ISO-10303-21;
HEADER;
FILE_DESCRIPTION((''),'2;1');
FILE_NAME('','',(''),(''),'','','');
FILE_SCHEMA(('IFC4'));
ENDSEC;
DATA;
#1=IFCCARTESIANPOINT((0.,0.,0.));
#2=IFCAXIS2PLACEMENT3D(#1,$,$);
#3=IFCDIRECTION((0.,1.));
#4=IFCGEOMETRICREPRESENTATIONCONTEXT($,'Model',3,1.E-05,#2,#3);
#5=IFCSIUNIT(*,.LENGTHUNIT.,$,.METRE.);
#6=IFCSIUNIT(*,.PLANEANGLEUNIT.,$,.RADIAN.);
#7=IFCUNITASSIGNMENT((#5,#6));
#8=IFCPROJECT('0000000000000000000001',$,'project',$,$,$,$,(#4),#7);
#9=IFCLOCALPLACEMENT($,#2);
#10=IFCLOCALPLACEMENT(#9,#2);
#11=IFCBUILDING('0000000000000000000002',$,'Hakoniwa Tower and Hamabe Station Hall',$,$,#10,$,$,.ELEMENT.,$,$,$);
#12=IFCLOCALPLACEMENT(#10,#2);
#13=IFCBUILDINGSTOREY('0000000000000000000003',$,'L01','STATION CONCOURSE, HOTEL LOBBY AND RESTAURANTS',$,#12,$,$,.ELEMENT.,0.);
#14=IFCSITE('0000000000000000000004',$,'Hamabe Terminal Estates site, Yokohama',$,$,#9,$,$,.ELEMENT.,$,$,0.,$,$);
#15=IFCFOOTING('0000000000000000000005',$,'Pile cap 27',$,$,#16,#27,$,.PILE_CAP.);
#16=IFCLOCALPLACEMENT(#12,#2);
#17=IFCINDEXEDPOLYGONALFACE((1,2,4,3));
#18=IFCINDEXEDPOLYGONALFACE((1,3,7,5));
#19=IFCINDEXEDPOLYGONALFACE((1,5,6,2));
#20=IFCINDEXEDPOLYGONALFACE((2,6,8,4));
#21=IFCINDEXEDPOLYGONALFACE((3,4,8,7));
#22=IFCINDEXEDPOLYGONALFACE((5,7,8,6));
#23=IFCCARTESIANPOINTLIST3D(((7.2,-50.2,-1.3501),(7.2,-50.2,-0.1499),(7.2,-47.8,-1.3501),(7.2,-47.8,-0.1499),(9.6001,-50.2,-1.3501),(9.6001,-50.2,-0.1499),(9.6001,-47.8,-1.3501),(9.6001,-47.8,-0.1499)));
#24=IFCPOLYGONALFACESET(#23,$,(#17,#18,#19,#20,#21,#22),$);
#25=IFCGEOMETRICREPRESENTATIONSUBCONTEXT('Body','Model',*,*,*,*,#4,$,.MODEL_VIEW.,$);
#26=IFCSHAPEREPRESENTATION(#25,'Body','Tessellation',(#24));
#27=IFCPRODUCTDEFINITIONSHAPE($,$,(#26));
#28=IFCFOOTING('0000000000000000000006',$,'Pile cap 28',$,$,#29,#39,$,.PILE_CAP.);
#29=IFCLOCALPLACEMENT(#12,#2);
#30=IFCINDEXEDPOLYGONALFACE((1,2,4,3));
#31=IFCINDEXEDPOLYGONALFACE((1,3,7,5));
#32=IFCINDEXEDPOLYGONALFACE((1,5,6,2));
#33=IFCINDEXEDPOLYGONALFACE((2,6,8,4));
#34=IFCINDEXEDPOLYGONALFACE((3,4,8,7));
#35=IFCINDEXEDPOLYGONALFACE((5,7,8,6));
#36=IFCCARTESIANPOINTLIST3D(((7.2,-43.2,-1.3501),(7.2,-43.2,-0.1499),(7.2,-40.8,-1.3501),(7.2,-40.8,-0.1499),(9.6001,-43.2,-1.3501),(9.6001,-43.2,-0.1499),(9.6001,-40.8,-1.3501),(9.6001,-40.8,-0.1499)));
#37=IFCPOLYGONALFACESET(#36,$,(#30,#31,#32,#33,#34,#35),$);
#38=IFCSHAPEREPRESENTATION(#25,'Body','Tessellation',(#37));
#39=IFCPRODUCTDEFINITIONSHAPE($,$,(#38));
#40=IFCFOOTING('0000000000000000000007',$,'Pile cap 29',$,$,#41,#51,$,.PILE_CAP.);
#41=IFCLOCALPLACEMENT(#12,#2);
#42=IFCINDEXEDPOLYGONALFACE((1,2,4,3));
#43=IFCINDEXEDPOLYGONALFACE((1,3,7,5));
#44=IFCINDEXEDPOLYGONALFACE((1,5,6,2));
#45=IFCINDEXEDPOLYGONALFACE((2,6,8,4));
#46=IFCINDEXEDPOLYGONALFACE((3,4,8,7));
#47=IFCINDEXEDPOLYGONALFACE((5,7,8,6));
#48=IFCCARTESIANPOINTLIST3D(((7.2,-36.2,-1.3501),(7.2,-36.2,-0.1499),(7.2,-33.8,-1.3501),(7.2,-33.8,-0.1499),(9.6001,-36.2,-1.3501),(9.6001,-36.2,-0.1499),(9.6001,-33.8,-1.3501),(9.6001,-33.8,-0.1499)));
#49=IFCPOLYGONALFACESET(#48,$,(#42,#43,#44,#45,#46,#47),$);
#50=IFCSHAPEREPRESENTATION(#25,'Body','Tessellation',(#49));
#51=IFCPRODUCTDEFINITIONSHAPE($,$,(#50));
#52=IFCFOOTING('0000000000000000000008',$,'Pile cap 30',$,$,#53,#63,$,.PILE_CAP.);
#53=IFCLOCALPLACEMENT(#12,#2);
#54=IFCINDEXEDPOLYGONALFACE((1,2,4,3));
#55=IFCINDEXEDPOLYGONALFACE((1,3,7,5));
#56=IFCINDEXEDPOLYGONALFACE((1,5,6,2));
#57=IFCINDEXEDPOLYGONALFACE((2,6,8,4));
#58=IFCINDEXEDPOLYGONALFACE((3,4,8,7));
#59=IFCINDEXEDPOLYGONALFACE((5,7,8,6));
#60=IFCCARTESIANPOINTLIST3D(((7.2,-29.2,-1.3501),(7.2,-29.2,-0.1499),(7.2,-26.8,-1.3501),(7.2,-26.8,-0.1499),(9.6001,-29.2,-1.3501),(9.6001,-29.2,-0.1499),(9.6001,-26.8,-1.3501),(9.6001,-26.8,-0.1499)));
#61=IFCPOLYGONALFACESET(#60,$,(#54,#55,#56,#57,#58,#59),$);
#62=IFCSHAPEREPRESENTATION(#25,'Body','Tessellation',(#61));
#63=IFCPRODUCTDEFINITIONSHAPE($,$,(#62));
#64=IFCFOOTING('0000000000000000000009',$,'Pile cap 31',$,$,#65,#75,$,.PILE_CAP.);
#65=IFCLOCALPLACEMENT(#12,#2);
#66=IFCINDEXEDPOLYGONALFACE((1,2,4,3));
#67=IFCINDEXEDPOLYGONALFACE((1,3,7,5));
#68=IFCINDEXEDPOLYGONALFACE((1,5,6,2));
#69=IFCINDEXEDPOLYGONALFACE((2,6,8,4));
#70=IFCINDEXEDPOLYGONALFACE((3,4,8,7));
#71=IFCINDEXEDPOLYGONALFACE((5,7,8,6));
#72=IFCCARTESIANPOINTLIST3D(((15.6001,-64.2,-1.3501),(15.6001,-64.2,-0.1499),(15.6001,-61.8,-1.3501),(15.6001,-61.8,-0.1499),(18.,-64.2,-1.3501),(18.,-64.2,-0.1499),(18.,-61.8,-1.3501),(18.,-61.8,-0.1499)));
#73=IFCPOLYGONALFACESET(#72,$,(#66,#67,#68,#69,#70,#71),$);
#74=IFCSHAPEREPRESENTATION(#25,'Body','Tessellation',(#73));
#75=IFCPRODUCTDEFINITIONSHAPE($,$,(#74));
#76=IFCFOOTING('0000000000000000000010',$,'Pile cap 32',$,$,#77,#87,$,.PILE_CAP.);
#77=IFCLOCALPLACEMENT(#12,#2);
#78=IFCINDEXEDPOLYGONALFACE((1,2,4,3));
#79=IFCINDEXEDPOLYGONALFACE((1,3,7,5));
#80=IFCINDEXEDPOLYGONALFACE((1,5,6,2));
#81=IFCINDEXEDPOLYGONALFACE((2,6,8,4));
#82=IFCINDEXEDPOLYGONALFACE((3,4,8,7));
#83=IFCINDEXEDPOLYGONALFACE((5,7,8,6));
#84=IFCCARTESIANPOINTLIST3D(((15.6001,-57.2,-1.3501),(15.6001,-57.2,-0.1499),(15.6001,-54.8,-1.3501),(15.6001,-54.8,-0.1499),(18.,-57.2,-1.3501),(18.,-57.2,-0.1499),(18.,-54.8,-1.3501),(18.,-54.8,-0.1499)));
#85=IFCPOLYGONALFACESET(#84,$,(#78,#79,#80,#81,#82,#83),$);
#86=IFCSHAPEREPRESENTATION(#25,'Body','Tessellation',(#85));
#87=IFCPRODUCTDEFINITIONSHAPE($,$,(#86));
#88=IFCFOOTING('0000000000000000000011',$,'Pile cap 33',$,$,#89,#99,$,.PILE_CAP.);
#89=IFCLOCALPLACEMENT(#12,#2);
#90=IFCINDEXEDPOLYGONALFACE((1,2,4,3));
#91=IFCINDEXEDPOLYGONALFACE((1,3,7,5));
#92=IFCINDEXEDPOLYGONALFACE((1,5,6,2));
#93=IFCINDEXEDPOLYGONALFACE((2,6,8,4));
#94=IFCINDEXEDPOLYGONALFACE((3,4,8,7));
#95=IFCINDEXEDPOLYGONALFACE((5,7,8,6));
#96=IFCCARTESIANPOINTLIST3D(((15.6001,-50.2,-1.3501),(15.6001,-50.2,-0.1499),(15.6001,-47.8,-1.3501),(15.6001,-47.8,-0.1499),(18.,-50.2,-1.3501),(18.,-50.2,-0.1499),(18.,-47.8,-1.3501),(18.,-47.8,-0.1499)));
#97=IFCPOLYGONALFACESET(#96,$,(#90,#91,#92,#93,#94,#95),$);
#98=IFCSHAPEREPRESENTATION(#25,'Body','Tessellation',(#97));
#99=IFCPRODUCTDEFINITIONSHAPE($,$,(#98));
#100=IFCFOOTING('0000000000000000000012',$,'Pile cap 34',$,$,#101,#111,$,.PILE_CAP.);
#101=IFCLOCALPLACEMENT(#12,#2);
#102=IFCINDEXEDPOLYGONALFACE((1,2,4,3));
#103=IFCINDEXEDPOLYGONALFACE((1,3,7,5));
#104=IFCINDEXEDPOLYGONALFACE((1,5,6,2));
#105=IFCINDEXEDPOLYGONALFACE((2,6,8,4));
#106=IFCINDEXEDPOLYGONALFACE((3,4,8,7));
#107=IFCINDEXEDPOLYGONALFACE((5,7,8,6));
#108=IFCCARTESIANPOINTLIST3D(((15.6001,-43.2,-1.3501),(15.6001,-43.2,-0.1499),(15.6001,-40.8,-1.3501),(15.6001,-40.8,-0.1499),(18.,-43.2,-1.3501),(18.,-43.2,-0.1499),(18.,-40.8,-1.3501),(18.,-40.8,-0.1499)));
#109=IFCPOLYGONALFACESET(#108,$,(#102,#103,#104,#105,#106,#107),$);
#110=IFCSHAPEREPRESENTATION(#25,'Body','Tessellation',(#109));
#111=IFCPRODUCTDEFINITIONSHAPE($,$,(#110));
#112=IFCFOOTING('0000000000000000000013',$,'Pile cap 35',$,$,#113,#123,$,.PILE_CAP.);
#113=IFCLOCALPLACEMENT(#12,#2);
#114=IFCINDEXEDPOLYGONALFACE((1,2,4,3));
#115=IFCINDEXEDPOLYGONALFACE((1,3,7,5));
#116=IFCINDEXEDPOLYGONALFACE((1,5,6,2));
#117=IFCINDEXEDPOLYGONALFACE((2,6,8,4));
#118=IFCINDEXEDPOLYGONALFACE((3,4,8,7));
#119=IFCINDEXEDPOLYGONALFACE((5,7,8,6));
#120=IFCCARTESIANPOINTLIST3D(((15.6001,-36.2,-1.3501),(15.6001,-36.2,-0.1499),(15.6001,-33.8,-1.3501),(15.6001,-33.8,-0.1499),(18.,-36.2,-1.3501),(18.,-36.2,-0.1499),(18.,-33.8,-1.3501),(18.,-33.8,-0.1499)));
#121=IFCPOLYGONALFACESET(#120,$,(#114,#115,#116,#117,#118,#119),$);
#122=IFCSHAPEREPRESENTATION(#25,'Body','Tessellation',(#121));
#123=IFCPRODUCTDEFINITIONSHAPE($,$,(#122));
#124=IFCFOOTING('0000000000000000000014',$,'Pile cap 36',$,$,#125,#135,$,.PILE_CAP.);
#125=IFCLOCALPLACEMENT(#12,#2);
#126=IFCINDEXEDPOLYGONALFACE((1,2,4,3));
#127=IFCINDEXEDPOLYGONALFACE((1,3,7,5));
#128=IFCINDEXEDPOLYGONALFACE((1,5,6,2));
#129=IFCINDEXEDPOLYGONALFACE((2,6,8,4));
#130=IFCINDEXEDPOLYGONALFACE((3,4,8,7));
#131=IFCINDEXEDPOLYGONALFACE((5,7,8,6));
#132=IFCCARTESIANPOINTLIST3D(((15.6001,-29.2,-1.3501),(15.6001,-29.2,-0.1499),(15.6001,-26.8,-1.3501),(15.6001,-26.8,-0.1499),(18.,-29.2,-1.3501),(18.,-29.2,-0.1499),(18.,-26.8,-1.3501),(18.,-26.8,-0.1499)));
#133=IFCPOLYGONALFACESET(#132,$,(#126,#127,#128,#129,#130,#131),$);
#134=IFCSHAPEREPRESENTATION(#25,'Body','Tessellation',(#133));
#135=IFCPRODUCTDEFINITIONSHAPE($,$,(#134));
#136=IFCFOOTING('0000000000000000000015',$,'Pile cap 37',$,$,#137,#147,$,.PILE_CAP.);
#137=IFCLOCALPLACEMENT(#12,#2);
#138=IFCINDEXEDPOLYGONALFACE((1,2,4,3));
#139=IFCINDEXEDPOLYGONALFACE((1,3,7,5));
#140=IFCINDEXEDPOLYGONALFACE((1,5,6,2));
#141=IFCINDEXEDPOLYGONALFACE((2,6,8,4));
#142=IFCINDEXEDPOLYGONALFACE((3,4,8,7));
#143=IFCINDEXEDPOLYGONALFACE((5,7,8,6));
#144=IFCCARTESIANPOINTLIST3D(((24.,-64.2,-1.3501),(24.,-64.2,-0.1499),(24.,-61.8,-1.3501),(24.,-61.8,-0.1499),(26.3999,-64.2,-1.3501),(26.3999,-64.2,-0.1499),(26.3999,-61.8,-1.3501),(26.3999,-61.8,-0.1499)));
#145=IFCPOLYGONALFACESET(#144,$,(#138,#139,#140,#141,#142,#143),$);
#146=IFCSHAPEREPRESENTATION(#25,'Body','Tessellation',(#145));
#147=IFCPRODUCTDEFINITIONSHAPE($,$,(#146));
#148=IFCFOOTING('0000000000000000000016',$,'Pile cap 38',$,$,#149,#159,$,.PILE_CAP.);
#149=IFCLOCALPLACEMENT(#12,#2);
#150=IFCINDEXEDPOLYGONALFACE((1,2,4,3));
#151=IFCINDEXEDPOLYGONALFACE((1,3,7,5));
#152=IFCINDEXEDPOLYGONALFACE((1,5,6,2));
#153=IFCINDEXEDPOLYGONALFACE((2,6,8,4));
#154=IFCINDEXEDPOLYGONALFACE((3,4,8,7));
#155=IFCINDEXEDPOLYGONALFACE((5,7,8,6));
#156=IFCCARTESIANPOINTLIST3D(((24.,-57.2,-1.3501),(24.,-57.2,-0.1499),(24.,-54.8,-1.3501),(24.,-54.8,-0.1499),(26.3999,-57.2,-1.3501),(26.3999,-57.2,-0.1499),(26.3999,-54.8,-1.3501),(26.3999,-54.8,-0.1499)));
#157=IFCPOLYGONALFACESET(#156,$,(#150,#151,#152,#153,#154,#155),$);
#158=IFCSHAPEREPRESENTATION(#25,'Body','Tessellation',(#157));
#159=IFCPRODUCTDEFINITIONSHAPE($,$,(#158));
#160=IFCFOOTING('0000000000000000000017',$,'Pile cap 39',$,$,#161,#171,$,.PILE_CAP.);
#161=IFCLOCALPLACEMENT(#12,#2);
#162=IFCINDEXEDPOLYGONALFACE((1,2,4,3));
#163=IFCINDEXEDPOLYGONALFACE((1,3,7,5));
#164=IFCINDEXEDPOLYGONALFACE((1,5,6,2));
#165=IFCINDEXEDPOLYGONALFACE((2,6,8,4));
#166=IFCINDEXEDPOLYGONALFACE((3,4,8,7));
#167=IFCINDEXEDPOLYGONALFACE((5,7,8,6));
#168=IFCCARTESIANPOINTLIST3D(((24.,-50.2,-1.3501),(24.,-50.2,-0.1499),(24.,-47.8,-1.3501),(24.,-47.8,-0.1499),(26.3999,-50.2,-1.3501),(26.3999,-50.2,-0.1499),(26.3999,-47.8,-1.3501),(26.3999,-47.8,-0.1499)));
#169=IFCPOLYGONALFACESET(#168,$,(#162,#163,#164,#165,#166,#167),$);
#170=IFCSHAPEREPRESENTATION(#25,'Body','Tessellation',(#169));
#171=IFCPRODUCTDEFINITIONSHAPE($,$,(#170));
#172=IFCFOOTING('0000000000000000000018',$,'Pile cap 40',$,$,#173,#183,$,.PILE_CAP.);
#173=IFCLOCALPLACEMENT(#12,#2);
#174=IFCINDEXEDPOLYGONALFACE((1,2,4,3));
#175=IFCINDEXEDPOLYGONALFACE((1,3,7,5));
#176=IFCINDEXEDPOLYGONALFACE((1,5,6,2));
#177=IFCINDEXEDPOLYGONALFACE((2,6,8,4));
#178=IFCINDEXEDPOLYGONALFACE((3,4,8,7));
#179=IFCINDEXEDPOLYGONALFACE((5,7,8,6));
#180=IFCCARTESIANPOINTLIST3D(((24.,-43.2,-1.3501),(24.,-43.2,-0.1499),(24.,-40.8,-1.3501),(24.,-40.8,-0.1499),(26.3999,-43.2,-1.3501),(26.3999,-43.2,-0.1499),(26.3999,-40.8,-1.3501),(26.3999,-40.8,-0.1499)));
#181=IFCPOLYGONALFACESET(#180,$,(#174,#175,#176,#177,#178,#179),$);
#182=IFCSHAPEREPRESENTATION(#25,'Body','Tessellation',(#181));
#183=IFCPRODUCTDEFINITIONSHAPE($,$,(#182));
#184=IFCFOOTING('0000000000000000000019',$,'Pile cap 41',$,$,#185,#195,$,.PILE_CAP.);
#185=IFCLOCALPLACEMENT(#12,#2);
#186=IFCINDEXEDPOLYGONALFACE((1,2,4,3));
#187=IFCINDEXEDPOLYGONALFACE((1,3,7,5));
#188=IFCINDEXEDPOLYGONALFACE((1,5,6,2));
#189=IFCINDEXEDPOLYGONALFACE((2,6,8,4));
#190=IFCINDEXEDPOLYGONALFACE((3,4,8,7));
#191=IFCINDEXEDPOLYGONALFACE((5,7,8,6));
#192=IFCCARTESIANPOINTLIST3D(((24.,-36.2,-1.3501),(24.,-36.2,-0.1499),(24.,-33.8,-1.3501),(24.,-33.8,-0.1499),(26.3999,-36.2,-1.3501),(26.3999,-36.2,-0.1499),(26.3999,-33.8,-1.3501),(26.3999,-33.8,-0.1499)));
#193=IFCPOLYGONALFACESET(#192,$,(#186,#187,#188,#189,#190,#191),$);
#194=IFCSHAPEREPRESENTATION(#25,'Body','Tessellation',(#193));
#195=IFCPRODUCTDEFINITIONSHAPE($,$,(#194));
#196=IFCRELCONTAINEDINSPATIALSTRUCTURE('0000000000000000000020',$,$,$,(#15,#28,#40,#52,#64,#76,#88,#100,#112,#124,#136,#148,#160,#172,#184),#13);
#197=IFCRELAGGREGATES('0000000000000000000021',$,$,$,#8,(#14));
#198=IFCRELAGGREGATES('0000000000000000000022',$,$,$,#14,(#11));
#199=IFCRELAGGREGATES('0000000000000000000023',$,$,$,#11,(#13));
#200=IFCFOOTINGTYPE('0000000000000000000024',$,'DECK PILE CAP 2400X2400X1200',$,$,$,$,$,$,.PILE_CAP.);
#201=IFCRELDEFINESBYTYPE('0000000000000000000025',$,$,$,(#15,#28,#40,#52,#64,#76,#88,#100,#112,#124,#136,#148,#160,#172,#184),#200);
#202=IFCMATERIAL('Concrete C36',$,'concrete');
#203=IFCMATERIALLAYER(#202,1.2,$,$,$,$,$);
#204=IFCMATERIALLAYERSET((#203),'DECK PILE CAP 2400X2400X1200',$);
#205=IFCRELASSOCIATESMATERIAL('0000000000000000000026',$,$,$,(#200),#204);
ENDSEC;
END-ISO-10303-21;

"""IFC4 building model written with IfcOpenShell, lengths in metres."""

from ifc_helpers import new_model, si_unit, direction, frame, origin, place, context, subcontext, project, spatial, polyline, outline, extrude, material, layer, layer_set, type_object, element, save


model = new_model("IFC4")

# Units and contexts
model_context = context("Model", 3, precision=1e-05, world=origin(), true_north=direction((0.0, 1.0)))
body_context = subcontext(model_context, "Body", "Model", "MODEL_VIEW")
ifc_project = project(units=[si_unit("LENGTHUNIT", "METRE"), si_unit("PLANEANGLEUNIT", "RADIAN")], contexts=[model_context])

# Site, building, storey
site_placement = place(None, origin())
site = spatial("IfcSite", under=ifc_project, at=site_placement, Name="Hamabe Terminal Estates site, Yokohama", CompositionType="ELEMENT", RefElevation=0.0)
building_placement = place(site_placement, origin())
building = spatial("IfcBuilding", under=site, at=building_placement, Name="Hakoniwa Tower and Hamabe Station Hall", CompositionType="ELEMENT")
storey_placement = place(building_placement, origin())
storey = spatial("IfcBuildingStorey", under=building, at=storey_placement, Name="L01", Description="STATION CONCOURSE, HOTEL LOBBY AND RESTAURANTS", CompositionType="ELEMENT", Elevation=0.0)

# Footings
ifc_material = material(Name="Concrete C36", Category="concrete")
ifc_layer = layer(ifc_material, 1.2)
ifc_layer_set = layer_set([ifc_layer], Name="DECK PILE CAP 2400X2400X1200")
footing_type = type_object("IfcFootingType", Name="DECK PILE CAP 2400X2400X1200", PredefinedType="PILE_CAP", material=ifc_layer_set)
footing_1_placement = place(storey_placement, frame((0.0, 0.0, -1.3501)))
element("IfcFooting", 1, at=footing_1_placement, inside=storey, type_object=footing_type, Name="Pile cap 27", PredefinedType="PILE_CAP", context=body_context, shape_type="SweptSolid", body=[
    extrude(outline(polyline([(7.2, -50.2), (9.6001, -50.2), (9.6001, -47.8), (7.2, -47.8), (7.2, -50.2)])), origin(), (0.0, 0.0, 1.0), 1.2002),
])
footing_2_placement = place(storey_placement, frame((0.0, 0.0, -1.3501)))
element("IfcFooting", 2, at=footing_2_placement, inside=storey, type_object=footing_type, Name="Pile cap 28", PredefinedType="PILE_CAP", context=body_context, shape_type="SweptSolid", body=[
    extrude(outline(polyline([(7.2, -43.2), (9.6001, -43.2), (9.6001, -40.8), (7.2, -40.8), (7.2, -43.2)])), origin(), (0.0, 0.0, 1.0), 1.2002),
])
footing_3_placement = place(storey_placement, frame((0.0, 0.0, -1.3501)))
element("IfcFooting", 3, at=footing_3_placement, inside=storey, type_object=footing_type, Name="Pile cap 29", PredefinedType="PILE_CAP", context=body_context, shape_type="SweptSolid", body=[
    extrude(outline(polyline([(7.2, -36.2), (9.6001, -36.2), (9.6001, -33.8), (7.2, -33.8), (7.2, -36.2)])), origin(), (0.0, 0.0, 1.0), 1.2002),
])
footing_4_placement = place(storey_placement, frame((0.0, 0.0, -1.3501)))
element("IfcFooting", 4, at=footing_4_placement, inside=storey, type_object=footing_type, Name="Pile cap 30", PredefinedType="PILE_CAP", context=body_context, shape_type="SweptSolid", body=[
    extrude(outline(polyline([(7.2, -29.2), (9.6001, -29.2), (9.6001, -26.8), (7.2, -26.8), (7.2, -29.2)])), origin(), (0.0, 0.0, 1.0), 1.2002),
])
footing_5_placement = place(storey_placement, frame((0.0, 0.0, -1.3501)))
element("IfcFooting", 5, at=footing_5_placement, inside=storey, type_object=footing_type, Name="Pile cap 31", PredefinedType="PILE_CAP", context=body_context, shape_type="SweptSolid", body=[
    extrude(outline(polyline([(15.6001, -64.2), (18.0, -64.2), (18.0, -61.8), (15.6001, -61.8), (15.6001, -64.2)])), origin(), (0.0, 0.0, 1.0), 1.2002),
])
footing_6_placement = place(storey_placement, frame((0.0, 0.0, -1.3501)))
element("IfcFooting", 6, at=footing_6_placement, inside=storey, type_object=footing_type, Name="Pile cap 32", PredefinedType="PILE_CAP", context=body_context, shape_type="SweptSolid", body=[
    extrude(outline(polyline([(15.6001, -57.2), (18.0, -57.2), (18.0, -54.8), (15.6001, -54.8), (15.6001, -57.2)])), origin(), (0.0, 0.0, 1.0), 1.2002),
])
footing_7_placement = place(storey_placement, frame((0.0, 0.0, -1.3501)))
element("IfcFooting", 7, at=footing_7_placement, inside=storey, type_object=footing_type, Name="Pile cap 33", PredefinedType="PILE_CAP", context=body_context, shape_type="SweptSolid", body=[
    extrude(outline(polyline([(15.6001, -50.2), (18.0, -50.2), (18.0, -47.8), (15.6001, -47.8), (15.6001, -50.2)])), origin(), (0.0, 0.0, 1.0), 1.2002),
])
footing_8_placement = place(storey_placement, frame((0.0, 0.0, -1.3501)))
element("IfcFooting", 8, at=footing_8_placement, inside=storey, type_object=footing_type, Name="Pile cap 34", PredefinedType="PILE_CAP", context=body_context, shape_type="SweptSolid", body=[
    extrude(outline(polyline([(15.6001, -43.2), (18.0, -43.2), (18.0, -40.8), (15.6001, -40.8), (15.6001, -43.2)])), origin(), (0.0, 0.0, 1.0), 1.2002),
])
footing_9_placement = place(storey_placement, frame((0.0, 0.0, -1.3501)))
element("IfcFooting", 9, at=footing_9_placement, inside=storey, type_object=footing_type, Name="Pile cap 35", PredefinedType="PILE_CAP", context=body_context, shape_type="SweptSolid", body=[
    extrude(outline(polyline([(15.6001, -36.2), (18.0, -36.2), (18.0, -33.8), (15.6001, -33.8), (15.6001, -36.2)])), origin(), (0.0, 0.0, 1.0), 1.2002),
])
footing_10_placement = place(storey_placement, frame((0.0, 0.0, -1.3501)))
element("IfcFooting", 10, at=footing_10_placement, inside=storey, type_object=footing_type, Name="Pile cap 36", PredefinedType="PILE_CAP", context=body_context, shape_type="SweptSolid", body=[
    extrude(outline(polyline([(15.6001, -29.2), (18.0, -29.2), (18.0, -26.8), (15.6001, -26.8), (15.6001, -29.2)])), origin(), (0.0, 0.0, 1.0), 1.2002),
])
footing_11_placement = place(storey_placement, frame((0.0, 0.0, -1.3501)))
element("IfcFooting", 11, at=footing_11_placement, inside=storey, type_object=footing_type, Name="Pile cap 37", PredefinedType="PILE_CAP", context=body_context, shape_type="SweptSolid", body=[
    extrude(outline(polyline([(24.0, -64.2), (26.3999, -64.2), (26.3999, -61.8), (24.0, -61.8), (24.0, -64.2)])), origin(), (0.0, 0.0, 1.0), 1.2002),
])
footing_12_placement = place(storey_placement, frame((0.0, 0.0, -1.3501)))
element("IfcFooting", 12, at=footing_12_placement, inside=storey, type_object=footing_type, Name="Pile cap 38", PredefinedType="PILE_CAP", context=body_context, shape_type="SweptSolid", body=[
    extrude(outline(polyline([(24.0, -57.2), (26.3999, -57.2), (26.3999, -54.8), (24.0, -54.8), (24.0, -57.2)])), origin(), (0.0, 0.0, 1.0), 1.2002),
])
footing_13_placement = place(storey_placement, frame((0.0, 0.0, -1.3501)))
element("IfcFooting", 13, at=footing_13_placement, inside=storey, type_object=footing_type, Name="Pile cap 39", PredefinedType="PILE_CAP", context=body_context, shape_type="SweptSolid", body=[
    extrude(outline(polyline([(24.0, -50.2), (26.3999, -50.2), (26.3999, -47.8), (24.0, -47.8), (24.0, -50.2)])), origin(), (0.0, 0.0, 1.0), 1.2002),
])
footing_14_placement = place(storey_placement, frame((0.0, 0.0, -1.3501)))
element("IfcFooting", 14, at=footing_14_placement, inside=storey, type_object=footing_type, Name="Pile cap 40", PredefinedType="PILE_CAP", context=body_context, shape_type="SweptSolid", body=[
    extrude(outline(polyline([(24.0, -43.2), (26.3999, -43.2), (26.3999, -40.8), (24.0, -40.8), (24.0, -43.2)])), origin(), (0.0, 0.0, 1.0), 1.2002),
])
footing_15_placement = place(storey_placement, frame((0.0, 0.0, -1.3501)))
element("IfcFooting", 15, at=footing_15_placement, inside=storey, type_object=footing_type, Name="Pile cap 41", PredefinedType="PILE_CAP", context=body_context, shape_type="SweptSolid", body=[
    extrude(outline(polyline([(24.0, -36.2), (26.3999, -36.2), (26.3999, -33.8), (24.0, -33.8), (24.0, -36.2)])), origin(), (0.0, 0.0, 1.0), 1.2002),
])

save(model, "model.ifc")
